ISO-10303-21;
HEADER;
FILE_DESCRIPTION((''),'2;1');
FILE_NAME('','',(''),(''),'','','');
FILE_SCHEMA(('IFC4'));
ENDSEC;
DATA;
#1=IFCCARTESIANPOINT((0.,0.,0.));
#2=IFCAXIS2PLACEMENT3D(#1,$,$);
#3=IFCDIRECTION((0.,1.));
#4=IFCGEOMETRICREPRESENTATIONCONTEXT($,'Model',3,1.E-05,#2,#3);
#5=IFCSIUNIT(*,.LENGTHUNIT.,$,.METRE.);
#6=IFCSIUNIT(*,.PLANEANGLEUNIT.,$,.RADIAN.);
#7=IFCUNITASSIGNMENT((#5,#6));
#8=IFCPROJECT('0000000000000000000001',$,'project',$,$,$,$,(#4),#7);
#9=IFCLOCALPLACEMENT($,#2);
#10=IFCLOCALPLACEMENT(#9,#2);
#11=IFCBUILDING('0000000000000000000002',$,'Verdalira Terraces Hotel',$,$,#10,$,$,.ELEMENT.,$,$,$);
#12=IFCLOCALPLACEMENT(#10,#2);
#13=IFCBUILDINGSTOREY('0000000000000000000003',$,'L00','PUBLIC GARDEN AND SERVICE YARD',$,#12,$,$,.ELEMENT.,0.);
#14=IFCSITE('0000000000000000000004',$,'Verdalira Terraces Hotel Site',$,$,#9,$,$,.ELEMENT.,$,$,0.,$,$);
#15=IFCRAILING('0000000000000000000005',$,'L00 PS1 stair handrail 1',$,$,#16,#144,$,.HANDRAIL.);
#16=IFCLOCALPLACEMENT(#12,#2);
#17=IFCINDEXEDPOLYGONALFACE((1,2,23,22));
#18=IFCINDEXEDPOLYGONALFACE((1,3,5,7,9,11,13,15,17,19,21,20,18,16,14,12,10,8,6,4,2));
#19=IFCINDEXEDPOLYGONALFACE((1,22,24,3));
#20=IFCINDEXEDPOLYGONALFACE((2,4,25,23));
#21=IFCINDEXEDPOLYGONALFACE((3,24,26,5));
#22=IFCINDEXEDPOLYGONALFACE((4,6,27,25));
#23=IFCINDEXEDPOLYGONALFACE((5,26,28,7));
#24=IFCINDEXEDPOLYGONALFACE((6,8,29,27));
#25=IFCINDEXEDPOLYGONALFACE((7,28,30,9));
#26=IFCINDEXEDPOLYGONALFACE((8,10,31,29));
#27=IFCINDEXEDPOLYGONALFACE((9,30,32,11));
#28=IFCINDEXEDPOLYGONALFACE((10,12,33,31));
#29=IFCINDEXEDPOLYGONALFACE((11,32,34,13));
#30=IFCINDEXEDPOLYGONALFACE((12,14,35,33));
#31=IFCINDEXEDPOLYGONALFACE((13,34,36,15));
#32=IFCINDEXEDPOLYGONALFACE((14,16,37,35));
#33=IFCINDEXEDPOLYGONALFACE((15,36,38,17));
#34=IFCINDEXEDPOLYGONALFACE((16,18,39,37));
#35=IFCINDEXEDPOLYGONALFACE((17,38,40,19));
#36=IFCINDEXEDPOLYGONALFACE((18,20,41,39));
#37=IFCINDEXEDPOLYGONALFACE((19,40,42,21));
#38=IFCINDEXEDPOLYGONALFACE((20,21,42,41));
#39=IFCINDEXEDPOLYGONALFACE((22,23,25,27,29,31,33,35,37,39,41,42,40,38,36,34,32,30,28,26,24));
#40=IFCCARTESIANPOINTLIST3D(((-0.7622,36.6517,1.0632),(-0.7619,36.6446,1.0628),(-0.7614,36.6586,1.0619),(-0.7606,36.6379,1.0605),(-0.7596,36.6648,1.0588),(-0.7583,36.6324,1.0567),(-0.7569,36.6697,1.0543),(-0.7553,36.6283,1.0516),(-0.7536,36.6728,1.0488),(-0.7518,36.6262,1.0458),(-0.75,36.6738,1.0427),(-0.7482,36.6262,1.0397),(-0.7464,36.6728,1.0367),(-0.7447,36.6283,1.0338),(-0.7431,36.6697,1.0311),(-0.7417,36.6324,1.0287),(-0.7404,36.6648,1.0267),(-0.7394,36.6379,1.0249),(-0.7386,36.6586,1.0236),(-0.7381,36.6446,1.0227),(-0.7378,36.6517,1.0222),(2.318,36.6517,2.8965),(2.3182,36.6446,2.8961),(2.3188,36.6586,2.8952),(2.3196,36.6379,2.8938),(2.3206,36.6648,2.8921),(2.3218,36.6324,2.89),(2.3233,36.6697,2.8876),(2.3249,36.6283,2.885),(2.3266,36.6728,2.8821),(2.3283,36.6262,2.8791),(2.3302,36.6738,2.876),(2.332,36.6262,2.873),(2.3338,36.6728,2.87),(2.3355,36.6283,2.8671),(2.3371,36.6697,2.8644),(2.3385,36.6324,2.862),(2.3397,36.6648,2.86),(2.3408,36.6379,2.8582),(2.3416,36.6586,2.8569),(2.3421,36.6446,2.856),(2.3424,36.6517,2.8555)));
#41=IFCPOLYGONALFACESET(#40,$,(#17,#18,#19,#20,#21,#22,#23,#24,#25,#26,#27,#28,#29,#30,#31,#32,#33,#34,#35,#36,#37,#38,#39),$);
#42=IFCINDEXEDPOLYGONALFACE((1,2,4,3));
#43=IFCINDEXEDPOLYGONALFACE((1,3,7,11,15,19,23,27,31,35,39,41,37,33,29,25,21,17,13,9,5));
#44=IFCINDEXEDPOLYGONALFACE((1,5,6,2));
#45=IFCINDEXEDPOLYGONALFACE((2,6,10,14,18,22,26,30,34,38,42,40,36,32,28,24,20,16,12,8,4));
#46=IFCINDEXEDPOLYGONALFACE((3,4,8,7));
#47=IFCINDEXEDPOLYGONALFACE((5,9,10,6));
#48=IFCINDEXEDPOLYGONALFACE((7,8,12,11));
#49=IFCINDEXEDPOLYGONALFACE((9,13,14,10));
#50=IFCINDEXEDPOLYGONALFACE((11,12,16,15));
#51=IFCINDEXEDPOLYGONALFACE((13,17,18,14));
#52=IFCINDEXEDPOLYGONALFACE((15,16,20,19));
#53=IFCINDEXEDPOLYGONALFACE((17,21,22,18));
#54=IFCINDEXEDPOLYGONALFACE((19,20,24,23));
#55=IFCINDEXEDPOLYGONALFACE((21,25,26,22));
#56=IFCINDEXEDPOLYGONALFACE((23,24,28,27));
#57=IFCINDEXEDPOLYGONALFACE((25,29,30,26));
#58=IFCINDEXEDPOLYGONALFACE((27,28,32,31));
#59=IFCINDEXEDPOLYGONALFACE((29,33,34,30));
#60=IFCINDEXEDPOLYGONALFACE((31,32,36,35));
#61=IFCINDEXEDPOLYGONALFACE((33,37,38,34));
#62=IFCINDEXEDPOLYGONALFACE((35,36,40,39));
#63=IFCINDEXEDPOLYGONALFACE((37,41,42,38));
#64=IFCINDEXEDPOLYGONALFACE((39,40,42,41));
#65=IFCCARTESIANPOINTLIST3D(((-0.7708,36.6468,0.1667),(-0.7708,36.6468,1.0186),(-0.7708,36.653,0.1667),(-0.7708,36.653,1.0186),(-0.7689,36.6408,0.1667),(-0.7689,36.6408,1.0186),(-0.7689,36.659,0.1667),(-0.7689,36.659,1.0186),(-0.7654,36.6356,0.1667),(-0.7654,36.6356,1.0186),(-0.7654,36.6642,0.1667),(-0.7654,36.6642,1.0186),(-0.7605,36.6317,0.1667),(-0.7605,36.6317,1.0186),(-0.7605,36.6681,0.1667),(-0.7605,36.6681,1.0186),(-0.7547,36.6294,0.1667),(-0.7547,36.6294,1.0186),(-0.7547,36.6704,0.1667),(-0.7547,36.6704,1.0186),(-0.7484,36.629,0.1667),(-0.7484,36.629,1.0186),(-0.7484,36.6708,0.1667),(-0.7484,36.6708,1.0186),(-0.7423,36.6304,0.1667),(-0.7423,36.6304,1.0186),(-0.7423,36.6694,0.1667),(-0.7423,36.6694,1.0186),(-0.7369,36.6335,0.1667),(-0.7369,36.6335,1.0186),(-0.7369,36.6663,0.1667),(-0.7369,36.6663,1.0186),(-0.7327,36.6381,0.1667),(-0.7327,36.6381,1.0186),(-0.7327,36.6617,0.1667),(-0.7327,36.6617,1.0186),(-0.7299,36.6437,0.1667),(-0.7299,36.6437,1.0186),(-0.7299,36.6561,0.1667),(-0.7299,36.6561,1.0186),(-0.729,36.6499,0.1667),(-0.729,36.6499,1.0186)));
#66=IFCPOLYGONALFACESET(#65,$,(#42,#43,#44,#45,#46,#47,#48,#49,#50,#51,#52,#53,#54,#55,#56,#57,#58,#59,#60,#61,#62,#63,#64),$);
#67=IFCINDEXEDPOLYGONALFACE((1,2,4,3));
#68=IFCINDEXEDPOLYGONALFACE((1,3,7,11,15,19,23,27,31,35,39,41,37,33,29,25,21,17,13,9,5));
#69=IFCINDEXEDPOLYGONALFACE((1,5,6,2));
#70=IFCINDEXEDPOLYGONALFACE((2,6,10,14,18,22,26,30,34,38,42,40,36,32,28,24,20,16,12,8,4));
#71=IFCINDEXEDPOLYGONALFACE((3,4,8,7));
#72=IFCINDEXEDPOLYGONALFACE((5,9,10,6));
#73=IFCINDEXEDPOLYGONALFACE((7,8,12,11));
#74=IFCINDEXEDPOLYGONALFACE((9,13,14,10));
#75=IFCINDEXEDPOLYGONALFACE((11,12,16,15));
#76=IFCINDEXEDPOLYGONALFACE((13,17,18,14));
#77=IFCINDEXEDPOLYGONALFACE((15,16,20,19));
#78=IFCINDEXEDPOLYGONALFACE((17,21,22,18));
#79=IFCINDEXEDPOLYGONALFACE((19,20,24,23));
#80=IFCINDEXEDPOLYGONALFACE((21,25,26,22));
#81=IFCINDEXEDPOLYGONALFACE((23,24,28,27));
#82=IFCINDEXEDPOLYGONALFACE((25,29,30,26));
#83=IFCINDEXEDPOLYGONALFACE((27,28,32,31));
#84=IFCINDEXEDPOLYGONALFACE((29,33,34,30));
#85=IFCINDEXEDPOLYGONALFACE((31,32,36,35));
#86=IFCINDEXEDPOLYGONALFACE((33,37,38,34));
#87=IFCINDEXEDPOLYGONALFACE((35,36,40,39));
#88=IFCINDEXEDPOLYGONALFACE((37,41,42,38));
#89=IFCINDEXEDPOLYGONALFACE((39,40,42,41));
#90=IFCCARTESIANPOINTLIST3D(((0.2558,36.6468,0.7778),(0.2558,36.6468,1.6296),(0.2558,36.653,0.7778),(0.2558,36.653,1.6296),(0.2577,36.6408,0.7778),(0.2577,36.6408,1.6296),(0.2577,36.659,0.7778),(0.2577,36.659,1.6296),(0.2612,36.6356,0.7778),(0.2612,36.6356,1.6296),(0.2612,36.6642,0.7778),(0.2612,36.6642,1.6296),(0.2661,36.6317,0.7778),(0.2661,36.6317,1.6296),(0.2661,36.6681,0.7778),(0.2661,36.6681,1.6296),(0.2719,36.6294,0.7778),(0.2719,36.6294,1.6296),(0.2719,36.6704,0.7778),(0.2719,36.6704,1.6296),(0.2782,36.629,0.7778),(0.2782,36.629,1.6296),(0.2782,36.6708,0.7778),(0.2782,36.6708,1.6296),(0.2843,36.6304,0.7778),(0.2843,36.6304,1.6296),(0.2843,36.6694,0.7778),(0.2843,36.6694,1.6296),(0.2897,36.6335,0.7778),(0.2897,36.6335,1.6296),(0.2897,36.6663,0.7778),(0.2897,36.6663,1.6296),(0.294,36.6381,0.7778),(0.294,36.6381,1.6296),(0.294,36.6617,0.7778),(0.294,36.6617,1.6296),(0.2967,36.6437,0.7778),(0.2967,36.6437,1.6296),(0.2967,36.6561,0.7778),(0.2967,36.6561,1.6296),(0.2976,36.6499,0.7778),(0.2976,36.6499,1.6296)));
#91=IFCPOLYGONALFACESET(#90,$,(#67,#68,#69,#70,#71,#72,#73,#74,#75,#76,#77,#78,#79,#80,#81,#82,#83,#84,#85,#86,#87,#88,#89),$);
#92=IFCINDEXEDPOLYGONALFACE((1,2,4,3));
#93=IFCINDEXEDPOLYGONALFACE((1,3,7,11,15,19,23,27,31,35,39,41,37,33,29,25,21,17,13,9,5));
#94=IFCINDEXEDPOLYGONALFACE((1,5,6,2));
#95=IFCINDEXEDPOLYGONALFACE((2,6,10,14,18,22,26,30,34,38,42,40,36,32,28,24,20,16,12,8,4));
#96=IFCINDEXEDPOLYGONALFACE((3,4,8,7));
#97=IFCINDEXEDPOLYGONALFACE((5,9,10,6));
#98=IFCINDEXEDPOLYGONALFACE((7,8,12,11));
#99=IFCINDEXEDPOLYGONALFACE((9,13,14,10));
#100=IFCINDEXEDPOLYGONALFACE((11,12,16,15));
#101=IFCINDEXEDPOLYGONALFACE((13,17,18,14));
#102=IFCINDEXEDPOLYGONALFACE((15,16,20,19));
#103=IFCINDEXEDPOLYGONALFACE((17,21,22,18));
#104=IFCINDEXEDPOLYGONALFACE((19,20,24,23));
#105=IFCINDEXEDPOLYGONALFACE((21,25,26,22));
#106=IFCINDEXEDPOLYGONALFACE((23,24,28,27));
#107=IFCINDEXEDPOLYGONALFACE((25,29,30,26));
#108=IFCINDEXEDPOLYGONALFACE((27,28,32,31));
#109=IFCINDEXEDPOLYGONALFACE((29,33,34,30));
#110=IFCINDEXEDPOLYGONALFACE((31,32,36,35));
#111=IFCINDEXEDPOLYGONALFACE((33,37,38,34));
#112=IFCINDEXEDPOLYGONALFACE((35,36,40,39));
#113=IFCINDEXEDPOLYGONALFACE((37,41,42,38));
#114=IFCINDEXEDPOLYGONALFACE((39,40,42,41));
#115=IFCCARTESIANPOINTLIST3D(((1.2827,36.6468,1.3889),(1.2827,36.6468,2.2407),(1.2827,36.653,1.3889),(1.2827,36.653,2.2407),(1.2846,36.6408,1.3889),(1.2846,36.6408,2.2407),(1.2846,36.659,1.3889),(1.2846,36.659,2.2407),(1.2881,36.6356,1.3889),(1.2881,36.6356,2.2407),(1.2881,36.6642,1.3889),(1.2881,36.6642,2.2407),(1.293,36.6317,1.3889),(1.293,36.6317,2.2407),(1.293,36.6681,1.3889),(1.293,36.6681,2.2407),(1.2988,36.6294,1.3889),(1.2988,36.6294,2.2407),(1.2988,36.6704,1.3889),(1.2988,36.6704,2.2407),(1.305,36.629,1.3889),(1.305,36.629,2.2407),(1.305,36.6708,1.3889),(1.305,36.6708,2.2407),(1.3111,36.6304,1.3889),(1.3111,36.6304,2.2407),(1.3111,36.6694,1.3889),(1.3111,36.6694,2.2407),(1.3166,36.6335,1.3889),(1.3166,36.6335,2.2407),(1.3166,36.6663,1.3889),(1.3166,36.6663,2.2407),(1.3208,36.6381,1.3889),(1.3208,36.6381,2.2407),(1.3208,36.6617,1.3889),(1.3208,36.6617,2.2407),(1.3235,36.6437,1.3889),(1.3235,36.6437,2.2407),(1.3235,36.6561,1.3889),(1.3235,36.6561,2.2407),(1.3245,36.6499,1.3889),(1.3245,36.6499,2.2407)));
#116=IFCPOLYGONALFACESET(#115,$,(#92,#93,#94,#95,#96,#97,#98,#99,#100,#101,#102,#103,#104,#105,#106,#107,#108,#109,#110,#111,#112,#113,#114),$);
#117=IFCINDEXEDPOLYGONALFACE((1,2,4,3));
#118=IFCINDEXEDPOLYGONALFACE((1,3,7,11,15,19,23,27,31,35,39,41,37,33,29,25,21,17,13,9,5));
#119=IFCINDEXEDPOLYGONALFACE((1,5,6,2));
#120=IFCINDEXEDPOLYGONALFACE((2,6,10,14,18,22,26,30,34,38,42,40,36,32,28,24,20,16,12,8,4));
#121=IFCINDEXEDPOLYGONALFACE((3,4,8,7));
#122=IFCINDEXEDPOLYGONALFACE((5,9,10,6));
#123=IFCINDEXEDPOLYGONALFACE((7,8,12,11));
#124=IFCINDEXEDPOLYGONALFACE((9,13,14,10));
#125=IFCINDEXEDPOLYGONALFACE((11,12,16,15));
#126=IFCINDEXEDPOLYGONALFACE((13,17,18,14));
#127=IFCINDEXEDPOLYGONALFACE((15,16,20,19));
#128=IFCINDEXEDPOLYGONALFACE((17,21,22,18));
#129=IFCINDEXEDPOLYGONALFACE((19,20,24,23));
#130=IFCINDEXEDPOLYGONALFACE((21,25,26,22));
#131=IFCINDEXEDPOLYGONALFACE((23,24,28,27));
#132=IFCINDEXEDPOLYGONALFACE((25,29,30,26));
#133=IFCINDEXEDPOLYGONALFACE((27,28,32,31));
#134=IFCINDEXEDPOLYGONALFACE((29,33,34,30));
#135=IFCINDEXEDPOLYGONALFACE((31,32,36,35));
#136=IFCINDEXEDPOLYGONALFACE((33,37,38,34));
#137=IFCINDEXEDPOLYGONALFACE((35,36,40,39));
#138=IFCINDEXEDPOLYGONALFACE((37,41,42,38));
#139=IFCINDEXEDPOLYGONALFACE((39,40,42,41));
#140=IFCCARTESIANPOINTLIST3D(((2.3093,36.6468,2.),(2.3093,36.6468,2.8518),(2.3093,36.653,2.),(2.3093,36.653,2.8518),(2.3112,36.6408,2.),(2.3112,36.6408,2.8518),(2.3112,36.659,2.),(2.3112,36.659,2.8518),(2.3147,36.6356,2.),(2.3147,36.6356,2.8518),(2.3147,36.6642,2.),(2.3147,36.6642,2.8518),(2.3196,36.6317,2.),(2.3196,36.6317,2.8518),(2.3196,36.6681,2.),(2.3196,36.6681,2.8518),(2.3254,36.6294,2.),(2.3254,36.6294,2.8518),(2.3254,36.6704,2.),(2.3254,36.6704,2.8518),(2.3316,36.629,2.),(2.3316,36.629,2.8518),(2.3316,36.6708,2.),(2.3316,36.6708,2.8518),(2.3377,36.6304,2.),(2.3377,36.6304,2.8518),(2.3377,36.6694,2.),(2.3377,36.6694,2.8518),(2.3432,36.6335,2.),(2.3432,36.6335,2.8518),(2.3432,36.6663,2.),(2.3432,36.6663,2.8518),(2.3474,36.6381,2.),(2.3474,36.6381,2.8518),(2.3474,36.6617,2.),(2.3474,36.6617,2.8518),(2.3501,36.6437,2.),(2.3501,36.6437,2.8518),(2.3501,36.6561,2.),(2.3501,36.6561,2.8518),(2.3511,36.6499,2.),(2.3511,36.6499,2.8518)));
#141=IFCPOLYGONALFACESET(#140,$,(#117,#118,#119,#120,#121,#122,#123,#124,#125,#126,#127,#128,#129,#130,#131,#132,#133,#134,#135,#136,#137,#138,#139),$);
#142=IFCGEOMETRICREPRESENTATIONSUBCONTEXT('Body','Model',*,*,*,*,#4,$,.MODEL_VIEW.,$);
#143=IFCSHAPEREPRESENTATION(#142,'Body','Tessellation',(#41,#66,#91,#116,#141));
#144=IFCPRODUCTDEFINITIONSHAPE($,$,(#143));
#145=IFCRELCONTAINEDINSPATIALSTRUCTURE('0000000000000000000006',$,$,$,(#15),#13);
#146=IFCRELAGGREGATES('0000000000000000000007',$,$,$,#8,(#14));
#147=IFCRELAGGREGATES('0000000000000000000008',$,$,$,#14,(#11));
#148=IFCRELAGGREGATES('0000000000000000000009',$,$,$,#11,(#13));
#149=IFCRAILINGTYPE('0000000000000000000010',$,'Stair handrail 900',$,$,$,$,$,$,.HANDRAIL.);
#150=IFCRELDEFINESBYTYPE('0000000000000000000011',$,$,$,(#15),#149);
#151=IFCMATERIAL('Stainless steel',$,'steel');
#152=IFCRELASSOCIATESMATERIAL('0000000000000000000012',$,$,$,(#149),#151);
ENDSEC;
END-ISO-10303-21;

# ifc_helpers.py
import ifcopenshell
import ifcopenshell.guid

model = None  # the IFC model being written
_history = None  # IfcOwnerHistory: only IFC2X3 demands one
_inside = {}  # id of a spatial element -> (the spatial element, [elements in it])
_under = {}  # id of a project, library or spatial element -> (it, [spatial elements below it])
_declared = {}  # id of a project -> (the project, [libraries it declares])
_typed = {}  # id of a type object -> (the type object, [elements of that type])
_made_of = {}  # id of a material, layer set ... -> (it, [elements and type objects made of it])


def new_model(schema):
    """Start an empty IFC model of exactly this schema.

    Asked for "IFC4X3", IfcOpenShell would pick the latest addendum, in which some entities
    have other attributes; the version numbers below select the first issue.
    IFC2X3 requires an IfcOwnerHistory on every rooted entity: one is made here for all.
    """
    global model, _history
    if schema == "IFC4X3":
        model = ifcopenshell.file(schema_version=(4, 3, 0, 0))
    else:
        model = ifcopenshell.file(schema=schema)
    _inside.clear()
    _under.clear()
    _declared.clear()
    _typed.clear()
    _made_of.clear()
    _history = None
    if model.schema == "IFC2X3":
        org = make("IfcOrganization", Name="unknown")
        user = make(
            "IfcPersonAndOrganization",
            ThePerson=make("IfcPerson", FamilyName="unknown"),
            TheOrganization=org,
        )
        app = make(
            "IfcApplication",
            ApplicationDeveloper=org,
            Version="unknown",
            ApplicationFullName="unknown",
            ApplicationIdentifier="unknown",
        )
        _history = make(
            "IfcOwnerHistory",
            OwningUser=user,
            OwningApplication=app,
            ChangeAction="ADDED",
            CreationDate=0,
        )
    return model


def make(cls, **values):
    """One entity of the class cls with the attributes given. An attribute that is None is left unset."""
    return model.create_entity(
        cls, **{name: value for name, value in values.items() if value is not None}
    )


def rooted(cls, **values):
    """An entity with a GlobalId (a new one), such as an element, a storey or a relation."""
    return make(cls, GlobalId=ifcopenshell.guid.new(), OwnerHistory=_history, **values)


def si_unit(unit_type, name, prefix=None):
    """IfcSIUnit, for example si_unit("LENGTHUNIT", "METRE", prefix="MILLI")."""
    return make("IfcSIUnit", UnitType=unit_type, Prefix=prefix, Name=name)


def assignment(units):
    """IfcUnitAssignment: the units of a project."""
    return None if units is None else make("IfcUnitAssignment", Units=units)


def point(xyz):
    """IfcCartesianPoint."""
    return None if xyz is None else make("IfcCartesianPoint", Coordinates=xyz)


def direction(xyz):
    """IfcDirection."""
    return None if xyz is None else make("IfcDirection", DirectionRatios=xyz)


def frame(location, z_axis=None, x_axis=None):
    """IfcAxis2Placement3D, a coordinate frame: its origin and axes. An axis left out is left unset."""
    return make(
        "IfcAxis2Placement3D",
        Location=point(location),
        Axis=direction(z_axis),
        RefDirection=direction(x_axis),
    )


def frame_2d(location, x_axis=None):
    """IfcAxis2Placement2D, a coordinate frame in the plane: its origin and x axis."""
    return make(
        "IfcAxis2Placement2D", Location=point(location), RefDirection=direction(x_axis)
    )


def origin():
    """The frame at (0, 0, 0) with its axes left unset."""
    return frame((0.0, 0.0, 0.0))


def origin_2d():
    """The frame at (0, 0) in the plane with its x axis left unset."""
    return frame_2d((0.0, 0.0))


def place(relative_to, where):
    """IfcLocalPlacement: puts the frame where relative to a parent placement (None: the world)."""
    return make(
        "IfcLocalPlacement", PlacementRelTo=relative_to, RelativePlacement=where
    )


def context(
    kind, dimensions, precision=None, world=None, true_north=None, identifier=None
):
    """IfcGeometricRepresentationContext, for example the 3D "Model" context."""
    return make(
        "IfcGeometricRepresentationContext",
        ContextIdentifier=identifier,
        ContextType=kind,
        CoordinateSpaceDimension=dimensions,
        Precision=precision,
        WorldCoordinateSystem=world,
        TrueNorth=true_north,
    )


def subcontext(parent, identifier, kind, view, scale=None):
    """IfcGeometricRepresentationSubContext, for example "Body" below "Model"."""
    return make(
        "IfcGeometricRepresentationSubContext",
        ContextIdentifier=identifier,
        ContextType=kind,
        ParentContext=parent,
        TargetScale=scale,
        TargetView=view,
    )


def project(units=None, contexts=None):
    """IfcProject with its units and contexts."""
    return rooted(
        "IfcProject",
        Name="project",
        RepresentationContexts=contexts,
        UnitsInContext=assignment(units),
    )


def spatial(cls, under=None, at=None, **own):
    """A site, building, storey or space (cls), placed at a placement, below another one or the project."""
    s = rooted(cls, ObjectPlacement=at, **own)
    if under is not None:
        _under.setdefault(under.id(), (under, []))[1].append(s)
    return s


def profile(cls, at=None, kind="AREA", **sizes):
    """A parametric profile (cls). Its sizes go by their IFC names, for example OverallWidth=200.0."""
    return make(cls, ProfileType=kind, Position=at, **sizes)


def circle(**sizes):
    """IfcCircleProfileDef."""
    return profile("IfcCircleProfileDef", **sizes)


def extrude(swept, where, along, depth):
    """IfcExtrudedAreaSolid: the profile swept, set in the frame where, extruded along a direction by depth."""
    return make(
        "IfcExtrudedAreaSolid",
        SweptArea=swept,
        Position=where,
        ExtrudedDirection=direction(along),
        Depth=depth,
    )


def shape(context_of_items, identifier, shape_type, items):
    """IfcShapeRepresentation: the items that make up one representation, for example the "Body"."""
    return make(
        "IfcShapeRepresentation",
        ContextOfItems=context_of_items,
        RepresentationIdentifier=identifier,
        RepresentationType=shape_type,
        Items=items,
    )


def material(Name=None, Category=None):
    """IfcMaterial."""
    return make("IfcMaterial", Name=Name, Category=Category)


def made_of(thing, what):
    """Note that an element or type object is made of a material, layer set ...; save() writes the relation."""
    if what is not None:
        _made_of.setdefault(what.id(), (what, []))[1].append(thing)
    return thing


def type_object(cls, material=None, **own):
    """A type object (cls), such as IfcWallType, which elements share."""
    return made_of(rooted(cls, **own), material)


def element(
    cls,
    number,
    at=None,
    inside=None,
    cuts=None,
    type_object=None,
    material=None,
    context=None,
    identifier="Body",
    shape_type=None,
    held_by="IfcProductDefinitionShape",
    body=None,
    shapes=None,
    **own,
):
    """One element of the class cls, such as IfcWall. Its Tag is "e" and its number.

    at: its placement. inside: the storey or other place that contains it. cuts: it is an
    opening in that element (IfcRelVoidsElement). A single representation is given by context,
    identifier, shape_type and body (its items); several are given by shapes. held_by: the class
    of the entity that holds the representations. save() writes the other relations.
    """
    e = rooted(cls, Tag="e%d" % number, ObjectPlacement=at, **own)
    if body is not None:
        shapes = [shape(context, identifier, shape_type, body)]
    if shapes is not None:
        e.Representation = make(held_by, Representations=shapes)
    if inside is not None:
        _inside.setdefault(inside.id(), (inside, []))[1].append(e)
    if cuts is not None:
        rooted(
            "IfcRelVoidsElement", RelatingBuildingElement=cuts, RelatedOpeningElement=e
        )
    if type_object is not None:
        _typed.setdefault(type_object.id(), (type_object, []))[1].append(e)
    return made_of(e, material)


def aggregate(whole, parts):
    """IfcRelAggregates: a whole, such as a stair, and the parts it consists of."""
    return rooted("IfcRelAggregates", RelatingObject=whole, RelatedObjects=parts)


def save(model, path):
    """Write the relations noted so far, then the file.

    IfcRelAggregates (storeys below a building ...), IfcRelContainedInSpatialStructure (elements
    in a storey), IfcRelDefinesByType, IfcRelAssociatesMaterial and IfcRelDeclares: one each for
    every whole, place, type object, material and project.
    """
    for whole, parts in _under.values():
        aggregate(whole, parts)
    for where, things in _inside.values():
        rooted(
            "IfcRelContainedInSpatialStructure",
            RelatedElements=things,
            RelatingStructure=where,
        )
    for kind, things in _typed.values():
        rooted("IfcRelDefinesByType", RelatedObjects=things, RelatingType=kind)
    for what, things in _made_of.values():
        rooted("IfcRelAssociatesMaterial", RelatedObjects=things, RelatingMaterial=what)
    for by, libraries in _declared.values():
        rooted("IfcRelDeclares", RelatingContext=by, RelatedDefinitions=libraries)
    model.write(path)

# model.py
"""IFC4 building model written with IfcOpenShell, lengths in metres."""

from ifc_helpers import new_model, si_unit, direction, frame, origin, origin_2d, place, context, subcontext, project, spatial, circle, extrude, material, type_object, element, save


model = new_model("IFC4")

# Units and contexts
model_context = context("Model", 3, precision=1e-05, world=origin(), true_north=direction((0.0, 1.0)))
body_context = subcontext(model_context, "Body", "Model", "MODEL_VIEW")
ifc_project = project(units=[si_unit("LENGTHUNIT", "METRE"), si_unit("PLANEANGLEUNIT", "RADIAN")], contexts=[model_context])

# Site, building, storey
site_placement = place(None, origin())
site = spatial("IfcSite", under=ifc_project, at=site_placement, Name="Verdalira Terraces Hotel Site", CompositionType="ELEMENT", RefElevation=0.0)
building_placement = place(site_placement, origin())
building = spatial("IfcBuilding", under=site, at=building_placement, Name="Verdalira Terraces Hotel", CompositionType="ELEMENT")
storey_placement = place(building_placement, origin())
storey = spatial("IfcBuildingStorey", under=building, at=storey_placement, Name="L00", Description="PUBLIC GARDEN AND SERVICE YARD", CompositionType="ELEMENT", Elevation=0.0)

# Railing
ifc_material_1 = material(Name="Stainless steel", Category="steel")
railing_type_1 = type_object("IfcRailingType", Name="Stair handrail 900", PredefinedType="HANDRAIL", material=ifc_material_1)
for number, where, name in (
    (1, (-0.75, 36.6499, 0.1667), "L00 PS1 stair handrail 1"),
):
    element("IfcRailing", number, at=place(storey_placement, frame(where)), inside=storey, type_object=railing_type_1, Name=name, PredefinedType="HANDRAIL", context=body_context, shape_type="SweptSolid", body=[
        extrude(circle(Radius=0.0239, at=origin_2d()), frame((0.0, 0.0, 0.876), z_axis=(0.859309, 0.0, 0.511458), x_axis=(0.0, 1.0, 0.0)), (0.0, 0.0, 1.0), 3.5845),
        extrude(circle(Radius=0.021, at=origin_2d()), origin(), (0.0, 0.0, 1.0), 0.8518),
        extrude(circle(Radius=0.021, at=origin_2d()), frame((1.0266, 0.0, 0.6111)), (0.0, 0.0, 1.0), 0.8518),
        extrude(circle(Radius=0.021, at=origin_2d()), frame((2.0535, 0.0, 1.2222)), (0.0, 0.0, 1.0), 0.8518),
        extrude(circle(Radius=0.021, at=origin_2d()), frame((3.0801, 0.0, 1.8333)), (0.0, 0.0, 1.0), 0.8518),
    ])

save(model, "model.ifc")
